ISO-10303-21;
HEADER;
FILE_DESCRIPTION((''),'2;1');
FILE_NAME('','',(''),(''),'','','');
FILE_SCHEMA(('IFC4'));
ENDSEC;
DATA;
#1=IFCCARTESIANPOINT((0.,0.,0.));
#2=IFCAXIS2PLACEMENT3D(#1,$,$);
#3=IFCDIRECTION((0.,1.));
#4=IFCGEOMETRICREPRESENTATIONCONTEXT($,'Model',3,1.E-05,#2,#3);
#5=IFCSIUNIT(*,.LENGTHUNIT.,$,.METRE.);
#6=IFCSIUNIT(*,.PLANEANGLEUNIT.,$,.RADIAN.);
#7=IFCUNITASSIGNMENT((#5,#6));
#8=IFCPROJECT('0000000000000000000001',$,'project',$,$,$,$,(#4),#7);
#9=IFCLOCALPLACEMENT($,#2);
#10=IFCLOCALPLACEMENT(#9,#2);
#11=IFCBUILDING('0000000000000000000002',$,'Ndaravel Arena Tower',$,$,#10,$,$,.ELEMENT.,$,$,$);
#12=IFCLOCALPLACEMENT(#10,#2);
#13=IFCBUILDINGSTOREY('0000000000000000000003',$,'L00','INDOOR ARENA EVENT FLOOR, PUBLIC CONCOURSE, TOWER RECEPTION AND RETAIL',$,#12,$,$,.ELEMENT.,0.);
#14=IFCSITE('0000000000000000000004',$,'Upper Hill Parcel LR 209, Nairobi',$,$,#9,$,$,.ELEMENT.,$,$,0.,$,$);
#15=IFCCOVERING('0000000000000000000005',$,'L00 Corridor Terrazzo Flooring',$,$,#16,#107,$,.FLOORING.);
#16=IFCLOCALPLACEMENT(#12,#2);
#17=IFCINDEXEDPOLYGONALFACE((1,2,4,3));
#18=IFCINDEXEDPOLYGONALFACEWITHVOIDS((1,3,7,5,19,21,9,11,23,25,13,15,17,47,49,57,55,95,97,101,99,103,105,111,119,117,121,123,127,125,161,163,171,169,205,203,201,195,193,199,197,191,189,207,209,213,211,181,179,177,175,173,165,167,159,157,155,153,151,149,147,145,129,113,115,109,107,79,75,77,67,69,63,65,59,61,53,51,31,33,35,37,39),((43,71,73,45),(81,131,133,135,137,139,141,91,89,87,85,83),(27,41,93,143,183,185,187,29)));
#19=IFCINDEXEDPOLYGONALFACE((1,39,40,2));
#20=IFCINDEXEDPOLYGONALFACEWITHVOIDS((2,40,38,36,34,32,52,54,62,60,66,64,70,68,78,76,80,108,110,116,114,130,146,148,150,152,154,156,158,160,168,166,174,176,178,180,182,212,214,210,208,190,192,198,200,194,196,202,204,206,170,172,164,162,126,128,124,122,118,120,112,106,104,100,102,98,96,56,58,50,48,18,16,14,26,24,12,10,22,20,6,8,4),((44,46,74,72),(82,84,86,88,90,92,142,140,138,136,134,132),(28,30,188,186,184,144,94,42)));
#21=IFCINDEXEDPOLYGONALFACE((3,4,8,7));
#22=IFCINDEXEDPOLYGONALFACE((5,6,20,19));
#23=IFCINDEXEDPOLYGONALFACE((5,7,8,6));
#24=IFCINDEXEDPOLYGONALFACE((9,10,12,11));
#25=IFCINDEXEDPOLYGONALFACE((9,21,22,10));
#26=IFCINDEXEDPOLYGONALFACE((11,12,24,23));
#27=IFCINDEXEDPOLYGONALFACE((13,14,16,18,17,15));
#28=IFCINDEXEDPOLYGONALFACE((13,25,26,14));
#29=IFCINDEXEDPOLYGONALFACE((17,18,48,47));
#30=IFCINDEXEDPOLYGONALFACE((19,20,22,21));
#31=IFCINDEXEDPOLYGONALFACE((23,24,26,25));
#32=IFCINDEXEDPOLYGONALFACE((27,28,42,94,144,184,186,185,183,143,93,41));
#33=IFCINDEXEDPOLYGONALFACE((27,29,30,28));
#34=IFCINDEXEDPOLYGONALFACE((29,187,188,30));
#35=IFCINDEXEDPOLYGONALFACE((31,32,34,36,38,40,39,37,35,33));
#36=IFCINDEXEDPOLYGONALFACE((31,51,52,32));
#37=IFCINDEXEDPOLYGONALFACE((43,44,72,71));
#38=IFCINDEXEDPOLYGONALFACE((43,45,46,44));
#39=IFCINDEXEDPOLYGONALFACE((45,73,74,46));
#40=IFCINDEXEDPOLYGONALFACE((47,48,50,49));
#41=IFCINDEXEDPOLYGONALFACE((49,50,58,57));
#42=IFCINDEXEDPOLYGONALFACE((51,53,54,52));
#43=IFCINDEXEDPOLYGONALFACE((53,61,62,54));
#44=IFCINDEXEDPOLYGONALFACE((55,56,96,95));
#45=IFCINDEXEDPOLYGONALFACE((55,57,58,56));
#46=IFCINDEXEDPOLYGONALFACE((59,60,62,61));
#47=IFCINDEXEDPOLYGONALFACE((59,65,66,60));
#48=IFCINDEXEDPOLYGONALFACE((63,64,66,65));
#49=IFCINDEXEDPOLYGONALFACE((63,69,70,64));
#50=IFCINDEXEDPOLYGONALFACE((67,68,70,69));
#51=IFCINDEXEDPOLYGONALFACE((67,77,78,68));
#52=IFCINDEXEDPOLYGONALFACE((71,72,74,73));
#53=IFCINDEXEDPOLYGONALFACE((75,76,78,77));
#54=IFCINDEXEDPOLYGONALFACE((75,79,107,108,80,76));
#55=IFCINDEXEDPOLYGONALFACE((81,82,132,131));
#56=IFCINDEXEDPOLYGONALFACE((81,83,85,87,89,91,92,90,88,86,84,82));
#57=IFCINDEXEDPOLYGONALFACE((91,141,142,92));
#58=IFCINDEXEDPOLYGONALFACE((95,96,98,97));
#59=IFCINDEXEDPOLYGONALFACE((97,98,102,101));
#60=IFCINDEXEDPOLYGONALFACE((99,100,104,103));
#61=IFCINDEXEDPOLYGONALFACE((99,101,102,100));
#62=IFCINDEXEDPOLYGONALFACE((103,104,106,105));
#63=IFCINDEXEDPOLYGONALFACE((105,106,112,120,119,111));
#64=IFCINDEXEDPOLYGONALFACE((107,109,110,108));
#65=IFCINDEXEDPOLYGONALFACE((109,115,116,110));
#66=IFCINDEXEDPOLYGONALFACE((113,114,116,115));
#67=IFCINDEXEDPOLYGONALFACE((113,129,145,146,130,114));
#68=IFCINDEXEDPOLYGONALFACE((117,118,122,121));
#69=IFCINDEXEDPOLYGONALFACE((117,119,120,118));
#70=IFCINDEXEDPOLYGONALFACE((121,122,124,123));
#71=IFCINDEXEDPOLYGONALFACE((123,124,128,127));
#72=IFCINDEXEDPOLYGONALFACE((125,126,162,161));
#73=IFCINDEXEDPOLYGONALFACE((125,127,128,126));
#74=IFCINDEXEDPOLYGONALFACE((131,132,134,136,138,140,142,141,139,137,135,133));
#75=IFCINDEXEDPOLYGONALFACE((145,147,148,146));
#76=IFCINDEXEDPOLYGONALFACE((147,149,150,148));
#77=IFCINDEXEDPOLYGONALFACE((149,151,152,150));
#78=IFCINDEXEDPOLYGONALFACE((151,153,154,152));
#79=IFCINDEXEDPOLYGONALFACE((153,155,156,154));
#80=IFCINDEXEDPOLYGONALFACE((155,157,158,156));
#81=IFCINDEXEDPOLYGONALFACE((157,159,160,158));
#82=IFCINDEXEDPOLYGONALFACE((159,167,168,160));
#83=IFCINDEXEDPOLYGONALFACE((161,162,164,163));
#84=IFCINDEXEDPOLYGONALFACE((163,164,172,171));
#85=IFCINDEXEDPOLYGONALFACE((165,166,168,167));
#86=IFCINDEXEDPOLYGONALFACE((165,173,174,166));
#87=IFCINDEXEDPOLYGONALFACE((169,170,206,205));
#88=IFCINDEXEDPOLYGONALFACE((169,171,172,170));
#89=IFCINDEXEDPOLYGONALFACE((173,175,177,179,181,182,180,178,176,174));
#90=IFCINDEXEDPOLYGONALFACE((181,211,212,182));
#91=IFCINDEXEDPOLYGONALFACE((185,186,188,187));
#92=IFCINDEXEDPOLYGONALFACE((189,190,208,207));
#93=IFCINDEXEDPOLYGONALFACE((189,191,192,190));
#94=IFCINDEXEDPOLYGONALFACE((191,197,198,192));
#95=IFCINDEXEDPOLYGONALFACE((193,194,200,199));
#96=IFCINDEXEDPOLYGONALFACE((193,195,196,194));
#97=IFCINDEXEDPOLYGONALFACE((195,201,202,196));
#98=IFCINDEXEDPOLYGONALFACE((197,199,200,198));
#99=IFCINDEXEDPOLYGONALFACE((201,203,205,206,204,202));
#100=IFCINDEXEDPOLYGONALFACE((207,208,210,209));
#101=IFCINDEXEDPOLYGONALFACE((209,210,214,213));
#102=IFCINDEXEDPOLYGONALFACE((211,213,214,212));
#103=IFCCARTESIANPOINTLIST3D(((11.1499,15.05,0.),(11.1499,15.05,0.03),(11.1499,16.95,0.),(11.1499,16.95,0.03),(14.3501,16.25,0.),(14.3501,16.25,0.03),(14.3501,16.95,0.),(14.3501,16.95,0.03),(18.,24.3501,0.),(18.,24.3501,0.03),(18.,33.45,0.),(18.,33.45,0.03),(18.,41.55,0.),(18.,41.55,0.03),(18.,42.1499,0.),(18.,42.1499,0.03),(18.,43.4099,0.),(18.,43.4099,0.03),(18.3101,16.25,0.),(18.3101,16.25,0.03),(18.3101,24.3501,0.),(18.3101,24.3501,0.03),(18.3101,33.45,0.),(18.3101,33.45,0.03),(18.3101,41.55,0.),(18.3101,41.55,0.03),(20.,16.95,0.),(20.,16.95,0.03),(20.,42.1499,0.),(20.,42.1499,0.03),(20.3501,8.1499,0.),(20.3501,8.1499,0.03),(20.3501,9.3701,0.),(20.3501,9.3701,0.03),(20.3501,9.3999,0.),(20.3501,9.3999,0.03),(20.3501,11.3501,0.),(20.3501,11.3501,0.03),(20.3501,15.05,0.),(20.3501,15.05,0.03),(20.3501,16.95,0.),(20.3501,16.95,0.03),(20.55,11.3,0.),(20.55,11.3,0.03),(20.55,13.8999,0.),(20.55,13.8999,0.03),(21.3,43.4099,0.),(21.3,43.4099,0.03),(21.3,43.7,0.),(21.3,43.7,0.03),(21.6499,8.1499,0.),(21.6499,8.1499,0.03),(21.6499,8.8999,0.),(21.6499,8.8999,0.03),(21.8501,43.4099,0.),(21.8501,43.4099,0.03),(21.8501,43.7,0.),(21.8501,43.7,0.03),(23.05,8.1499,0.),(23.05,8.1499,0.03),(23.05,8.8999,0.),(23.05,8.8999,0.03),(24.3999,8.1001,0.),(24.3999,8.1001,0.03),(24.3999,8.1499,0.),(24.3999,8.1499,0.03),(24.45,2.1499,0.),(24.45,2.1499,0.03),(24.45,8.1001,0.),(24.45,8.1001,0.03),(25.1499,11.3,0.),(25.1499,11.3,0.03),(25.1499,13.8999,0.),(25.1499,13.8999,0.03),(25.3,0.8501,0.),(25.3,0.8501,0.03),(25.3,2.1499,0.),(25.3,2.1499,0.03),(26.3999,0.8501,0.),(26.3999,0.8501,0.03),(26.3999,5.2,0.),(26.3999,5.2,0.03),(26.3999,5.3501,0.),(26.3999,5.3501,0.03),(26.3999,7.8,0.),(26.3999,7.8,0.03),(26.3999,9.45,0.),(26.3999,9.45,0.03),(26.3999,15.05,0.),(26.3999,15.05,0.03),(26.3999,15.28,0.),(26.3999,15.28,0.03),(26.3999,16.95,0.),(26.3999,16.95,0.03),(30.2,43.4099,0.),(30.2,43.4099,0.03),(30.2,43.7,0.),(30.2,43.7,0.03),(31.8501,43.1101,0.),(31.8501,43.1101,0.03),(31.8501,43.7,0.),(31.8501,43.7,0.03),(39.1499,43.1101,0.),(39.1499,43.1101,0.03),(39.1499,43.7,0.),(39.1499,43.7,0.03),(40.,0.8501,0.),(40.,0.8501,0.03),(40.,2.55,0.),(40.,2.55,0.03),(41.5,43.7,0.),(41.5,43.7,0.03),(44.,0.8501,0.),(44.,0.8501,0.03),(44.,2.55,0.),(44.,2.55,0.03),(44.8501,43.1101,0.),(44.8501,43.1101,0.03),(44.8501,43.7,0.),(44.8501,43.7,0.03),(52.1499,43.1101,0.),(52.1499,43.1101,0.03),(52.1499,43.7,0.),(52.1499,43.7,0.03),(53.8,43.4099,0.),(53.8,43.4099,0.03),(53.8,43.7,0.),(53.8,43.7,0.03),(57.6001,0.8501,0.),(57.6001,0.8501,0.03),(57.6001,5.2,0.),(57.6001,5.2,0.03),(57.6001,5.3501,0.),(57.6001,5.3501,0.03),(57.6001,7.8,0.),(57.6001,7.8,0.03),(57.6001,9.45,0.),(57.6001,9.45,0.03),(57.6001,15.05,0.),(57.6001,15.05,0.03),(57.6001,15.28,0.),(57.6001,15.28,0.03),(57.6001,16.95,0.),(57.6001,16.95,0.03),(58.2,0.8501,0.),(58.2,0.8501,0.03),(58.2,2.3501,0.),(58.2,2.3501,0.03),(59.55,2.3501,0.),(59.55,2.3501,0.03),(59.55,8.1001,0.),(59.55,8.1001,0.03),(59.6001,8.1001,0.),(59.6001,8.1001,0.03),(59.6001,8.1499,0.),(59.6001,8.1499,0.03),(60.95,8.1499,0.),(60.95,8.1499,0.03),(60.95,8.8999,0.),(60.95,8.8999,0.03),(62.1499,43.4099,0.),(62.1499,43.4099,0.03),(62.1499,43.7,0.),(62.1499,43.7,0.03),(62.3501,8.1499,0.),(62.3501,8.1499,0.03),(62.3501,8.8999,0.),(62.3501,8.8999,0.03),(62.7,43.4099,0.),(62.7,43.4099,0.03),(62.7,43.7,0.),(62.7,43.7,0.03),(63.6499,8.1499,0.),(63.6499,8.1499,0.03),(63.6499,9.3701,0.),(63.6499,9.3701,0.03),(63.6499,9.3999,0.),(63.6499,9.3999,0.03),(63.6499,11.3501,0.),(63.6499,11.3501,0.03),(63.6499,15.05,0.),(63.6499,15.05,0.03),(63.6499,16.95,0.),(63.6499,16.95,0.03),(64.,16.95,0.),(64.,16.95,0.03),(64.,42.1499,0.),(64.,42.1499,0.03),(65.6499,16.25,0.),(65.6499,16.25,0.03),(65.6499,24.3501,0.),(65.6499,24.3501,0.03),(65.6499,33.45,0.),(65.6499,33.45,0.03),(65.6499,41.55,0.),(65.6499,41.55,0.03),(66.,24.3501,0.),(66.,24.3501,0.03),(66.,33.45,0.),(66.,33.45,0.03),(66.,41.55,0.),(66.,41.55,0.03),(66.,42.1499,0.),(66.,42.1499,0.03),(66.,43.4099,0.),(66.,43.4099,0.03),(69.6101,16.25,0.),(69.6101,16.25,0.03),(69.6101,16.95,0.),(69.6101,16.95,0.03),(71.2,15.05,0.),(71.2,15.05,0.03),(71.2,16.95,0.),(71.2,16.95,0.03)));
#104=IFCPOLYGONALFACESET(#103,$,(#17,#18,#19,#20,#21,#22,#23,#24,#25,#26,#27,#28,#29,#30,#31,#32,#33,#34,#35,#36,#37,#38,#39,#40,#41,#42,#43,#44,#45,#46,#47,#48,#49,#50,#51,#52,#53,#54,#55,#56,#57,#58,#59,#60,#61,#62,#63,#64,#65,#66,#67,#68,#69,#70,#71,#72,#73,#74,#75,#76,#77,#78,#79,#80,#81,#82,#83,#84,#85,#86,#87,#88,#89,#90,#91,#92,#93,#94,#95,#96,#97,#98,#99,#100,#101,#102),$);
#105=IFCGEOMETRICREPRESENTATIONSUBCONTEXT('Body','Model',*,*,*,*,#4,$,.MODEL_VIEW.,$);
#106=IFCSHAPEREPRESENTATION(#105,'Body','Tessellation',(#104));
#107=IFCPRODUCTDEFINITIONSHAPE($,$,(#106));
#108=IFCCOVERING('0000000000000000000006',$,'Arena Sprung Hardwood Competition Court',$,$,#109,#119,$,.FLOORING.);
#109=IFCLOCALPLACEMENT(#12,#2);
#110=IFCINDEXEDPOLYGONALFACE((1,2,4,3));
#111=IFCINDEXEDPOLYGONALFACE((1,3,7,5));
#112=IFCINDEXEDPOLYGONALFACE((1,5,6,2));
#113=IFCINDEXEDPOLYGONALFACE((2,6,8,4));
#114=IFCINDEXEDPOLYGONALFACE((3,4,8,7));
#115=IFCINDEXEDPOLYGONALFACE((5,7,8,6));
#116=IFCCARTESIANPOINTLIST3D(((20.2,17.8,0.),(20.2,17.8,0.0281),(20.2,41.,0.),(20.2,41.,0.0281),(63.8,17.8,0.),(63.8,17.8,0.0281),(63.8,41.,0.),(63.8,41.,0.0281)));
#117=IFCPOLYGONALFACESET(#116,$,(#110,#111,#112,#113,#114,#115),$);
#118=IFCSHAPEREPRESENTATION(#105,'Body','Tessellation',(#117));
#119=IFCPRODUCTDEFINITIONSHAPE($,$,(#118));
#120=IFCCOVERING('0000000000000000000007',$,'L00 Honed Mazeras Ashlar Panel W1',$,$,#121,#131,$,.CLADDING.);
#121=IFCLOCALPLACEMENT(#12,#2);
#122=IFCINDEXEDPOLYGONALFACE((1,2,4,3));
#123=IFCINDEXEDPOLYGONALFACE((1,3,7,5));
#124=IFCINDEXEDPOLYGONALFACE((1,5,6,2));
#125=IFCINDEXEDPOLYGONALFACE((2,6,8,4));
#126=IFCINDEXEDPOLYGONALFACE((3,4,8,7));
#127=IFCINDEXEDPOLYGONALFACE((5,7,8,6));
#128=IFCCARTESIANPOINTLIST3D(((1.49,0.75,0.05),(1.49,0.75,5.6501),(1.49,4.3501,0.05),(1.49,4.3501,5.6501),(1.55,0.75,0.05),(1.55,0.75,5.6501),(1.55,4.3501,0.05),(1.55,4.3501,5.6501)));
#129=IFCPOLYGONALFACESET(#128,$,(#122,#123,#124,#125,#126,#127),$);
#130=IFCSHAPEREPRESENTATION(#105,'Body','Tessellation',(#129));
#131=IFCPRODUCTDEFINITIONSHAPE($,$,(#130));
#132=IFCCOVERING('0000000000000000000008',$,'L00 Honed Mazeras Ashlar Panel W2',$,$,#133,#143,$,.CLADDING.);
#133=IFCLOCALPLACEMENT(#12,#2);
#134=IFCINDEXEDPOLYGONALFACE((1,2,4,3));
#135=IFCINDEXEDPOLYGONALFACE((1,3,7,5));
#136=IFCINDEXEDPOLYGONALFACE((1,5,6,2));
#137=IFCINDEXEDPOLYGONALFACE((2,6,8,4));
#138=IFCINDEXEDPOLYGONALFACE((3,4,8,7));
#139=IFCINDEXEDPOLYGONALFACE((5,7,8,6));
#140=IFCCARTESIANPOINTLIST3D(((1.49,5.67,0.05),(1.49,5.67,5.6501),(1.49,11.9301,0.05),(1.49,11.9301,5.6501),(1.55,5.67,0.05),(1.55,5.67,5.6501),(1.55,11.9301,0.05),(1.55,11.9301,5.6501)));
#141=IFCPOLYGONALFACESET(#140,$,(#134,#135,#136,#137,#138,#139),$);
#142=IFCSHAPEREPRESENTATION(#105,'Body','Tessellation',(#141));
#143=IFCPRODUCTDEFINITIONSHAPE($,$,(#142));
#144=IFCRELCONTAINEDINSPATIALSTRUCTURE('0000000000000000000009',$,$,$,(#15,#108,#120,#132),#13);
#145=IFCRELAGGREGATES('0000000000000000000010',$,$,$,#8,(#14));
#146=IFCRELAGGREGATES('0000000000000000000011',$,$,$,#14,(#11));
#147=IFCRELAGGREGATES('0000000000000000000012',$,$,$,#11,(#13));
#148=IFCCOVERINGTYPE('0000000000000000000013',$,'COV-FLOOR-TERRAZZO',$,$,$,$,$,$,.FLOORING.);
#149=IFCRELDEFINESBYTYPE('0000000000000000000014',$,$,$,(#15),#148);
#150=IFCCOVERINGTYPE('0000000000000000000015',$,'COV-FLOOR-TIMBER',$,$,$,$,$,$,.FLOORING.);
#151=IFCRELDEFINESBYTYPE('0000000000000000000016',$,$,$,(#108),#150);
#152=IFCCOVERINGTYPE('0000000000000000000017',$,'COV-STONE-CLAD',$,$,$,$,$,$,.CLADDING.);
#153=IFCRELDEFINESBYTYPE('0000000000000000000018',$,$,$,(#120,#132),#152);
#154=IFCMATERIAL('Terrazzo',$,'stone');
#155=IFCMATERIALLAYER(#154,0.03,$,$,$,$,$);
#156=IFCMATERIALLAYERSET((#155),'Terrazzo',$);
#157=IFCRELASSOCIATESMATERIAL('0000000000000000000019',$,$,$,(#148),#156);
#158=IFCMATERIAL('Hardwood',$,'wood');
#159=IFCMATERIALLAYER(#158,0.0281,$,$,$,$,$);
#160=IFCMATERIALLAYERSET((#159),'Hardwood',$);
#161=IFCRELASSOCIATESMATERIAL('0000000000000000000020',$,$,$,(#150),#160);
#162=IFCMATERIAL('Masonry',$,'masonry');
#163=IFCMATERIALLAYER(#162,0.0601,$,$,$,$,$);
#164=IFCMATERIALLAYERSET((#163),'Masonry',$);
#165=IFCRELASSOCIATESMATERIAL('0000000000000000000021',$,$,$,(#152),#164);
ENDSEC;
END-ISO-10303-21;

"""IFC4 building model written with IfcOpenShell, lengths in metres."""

from ifc_helpers import new_model, si_unit, direction, frame, origin, origin_2d, place, context, subcontext, project, spatial, polyline, rectangle, outline, extrude, material, layer, layer_set, type_object, element, save


model = new_model("IFC4")

# Units and contexts
model_context = context("Model", 3, precision=1e-05, world=origin(), true_north=direction((0.0, 1.0)))
body_context = subcontext(model_context, "Body", "Model", "MODEL_VIEW")
ifc_project = project(units=[si_unit("LENGTHUNIT", "METRE"), si_unit("PLANEANGLEUNIT", "RADIAN")], contexts=[model_context])

# Site, building, storey
site_placement = place(None, origin())
site = spatial("IfcSite", under=ifc_project, at=site_placement, Name="Upper Hill Parcel LR 209, Nairobi", CompositionType="ELEMENT", RefElevation=0.0)
building_placement = place(site_placement, origin())
building = spatial("IfcBuilding", under=site, at=building_placement, Name="Ndaravel Arena Tower", CompositionType="ELEMENT")
storey_placement = place(building_placement, origin())
storey = spatial("IfcBuildingStorey", under=building, at=storey_placement, Name="L00", Description="INDOOR ARENA EVENT FLOOR, PUBLIC CONCOURSE, TOWER RECEPTION AND RETAIL", CompositionType="ELEMENT", Elevation=0.0)

# Coverings
ifc_material_1 = material(Name="Terrazzo", Category="stone")
ifc_layer_1 = layer(ifc_material_1, 0.03)
ifc_layer_set_1 = layer_set([ifc_layer_1], Name="Terrazzo")
covering_type_1 = type_object("IfcCoveringType", Name="COV-FLOOR-TERRAZZO", PredefinedType="FLOORING", material=ifc_layer_set_1)
covering_1_placement = place(storey_placement, origin())
element("IfcCovering", 1, at=covering_1_placement, inside=storey, type_object=covering_type_1, Name="L00 Corridor Terrazzo Flooring", PredefinedType="FLOORING", context=body_context, shape_type="SweptSolid", body=[
    extrude(outline(polyline([(26.3999, 0.8501), (40.0, 0.8501), (40.0, 2.55), (44.0, 2.55), (44.0, 0.8501), (57.6001, 0.8501), (58.2, 0.8501), (58.2, 2.3501), (59.55, 2.3501), (59.55, 8.1001), (59.6001, 8.1001), (59.6001, 8.1499), (60.95, 8.1499), (60.95, 8.8999), (62.3501, 8.8999), (62.3501, 8.1499), (63.6499, 8.1499), (63.6499, 9.3701), (63.6499, 9.3999), (63.6499, 11.3501), (63.6499, 15.05), (71.2, 15.05), (71.2, 16.95), (69.6101, 16.95), (69.6101, 16.25), (65.6499, 16.25), (65.6499, 24.3501), (66.0, 24.3501), (66.0, 33.45), (65.6499, 33.45), (65.6499, 41.55), (66.0, 41.55), (66.0, 42.1499), (66.0, 43.4099), (62.7, 43.4099), (62.7, 43.7), (62.1499, 43.7), (62.1499, 43.4099), (53.8, 43.4099), (53.8, 43.7), (52.1499, 43.7), (52.1499, 43.1101), (44.8501, 43.1101), (44.8501, 43.7), (41.5, 43.7), (39.1499, 43.7), (39.1499, 43.1101), (31.8501, 43.1101), (31.8501, 43.7), (30.2, 43.7), (30.2, 43.4099), (21.8501, 43.4099), (21.8501, 43.7), (21.3, 43.7), (21.3, 43.4099), (18.0, 43.4099), (18.0, 42.1499), (18.0, 41.55), (18.3101, 41.55), (18.3101, 33.45), (18.0, 33.45), (18.0, 24.3501), (18.3101, 24.3501), (18.3101, 16.25), (14.3501, 16.25), (14.3501, 16.95), (11.1499, 16.95), (11.1499, 15.05), (20.3501, 15.05), (20.3501, 11.3501), (20.3501, 9.3999), (20.3501, 9.3701), (20.3501, 8.1499), (21.6499, 8.1499), (21.6499, 8.8999), (23.05, 8.8999), (23.05, 8.1499), (24.3999, 8.1499), (24.3999, 8.1001), (24.45, 8.1001), (24.45, 2.1499), (25.3, 2.1499), (25.3, 0.8501), (26.3999, 0.8501)]), holes=[polyline([(63.6499, 16.95), (57.6001, 16.95), (26.3999, 16.95), (20.3501, 16.95), (20.0, 16.95), (20.0, 42.1499), (64.0, 42.1499), (64.0, 16.95), (63.6499, 16.95)]), polyline([(26.3999, 5.2), (26.3999, 5.3501), (26.3999, 7.8), (26.3999, 9.45), (26.3999, 15.05), (26.3999, 15.28), (57.6001, 15.28), (57.6001, 15.05), (57.6001, 9.45), (57.6001, 7.8), (57.6001, 5.3501), (57.6001, 5.2), (26.3999, 5.2)]), polyline([(20.55, 13.8999), (25.1499, 13.8999), (25.1499, 11.3), (20.55, 11.3), (20.55, 13.8999)])]), origin(), (0.0, 0.0, 1.0), 0.03),
])
ifc_material_2 = material(Name="Hardwood", Category="wood")
ifc_layer_2 = layer(ifc_material_2, 0.0281)
ifc_layer_set_2 = layer_set([ifc_layer_2], Name="Hardwood")
covering_type_2 = type_object("IfcCoveringType", Name="COV-FLOOR-TIMBER", PredefinedType="FLOORING", material=ifc_layer_set_2)
covering_2_placement = place(storey_placement, origin())
element("IfcCovering", 2, at=covering_2_placement, inside=storey, type_object=covering_type_2, Name="Arena Sprung Hardwood Competition Court", PredefinedType="FLOORING", context=body_context, shape_type="SweptSolid", body=[
    extrude(outline(polyline([(20.2, 17.8), (63.8, 17.8), (63.8, 41.0), (20.2, 41.0), (20.2, 17.8)])), origin(), (0.0, 0.0, 1.0), 0.0281),
])
ifc_material_3 = material(Name="Masonry", Category="masonry")
ifc_layer_3 = layer(ifc_material_3, 0.0601)
ifc_layer_set_3 = layer_set([ifc_layer_3], Name="Masonry")
covering_type_3 = type_object("IfcCoveringType", Name="COV-STONE-CLAD", PredefinedType="CLADDING", material=ifc_layer_set_3)
covering_3_placement = place(storey_placement, frame((1.52, 2.55, 0.05), z_axis=(0.0, 0.0, 1.0), x_axis=(1.0, 0.0, 0.0)))
element("IfcCovering", 3, at=covering_3_placement, inside=storey, type_object=covering_type_3, Name="L00 Honed Mazeras Ashlar Panel W1", PredefinedType="CLADDING", context=body_context, shape_type="SweptSolid", body=[
    extrude(rectangle(XDim=0.0601, YDim=3.6001, at=origin_2d()), origin(), (0.0, 0.0, 1.0), 5.6001),
])
covering_4_placement = place(storey_placement, frame((1.52, 8.8, 0.05), z_axis=(0.0, 0.0, 1.0), x_axis=(1.0, 0.0, 0.0)))
element("IfcCovering", 4, at=covering_4_placement, inside=storey, type_object=covering_type_3, Name="L00 Honed Mazeras Ashlar Panel W2", PredefinedType="CLADDING", context=body_context, shape_type="SweptSolid", body=[
    extrude(rectangle(XDim=0.0601, YDim=6.26, at=origin_2d()), origin(), (0.0, 0.0, 1.0), 5.6001),
])

save(model, "model.ifc")
